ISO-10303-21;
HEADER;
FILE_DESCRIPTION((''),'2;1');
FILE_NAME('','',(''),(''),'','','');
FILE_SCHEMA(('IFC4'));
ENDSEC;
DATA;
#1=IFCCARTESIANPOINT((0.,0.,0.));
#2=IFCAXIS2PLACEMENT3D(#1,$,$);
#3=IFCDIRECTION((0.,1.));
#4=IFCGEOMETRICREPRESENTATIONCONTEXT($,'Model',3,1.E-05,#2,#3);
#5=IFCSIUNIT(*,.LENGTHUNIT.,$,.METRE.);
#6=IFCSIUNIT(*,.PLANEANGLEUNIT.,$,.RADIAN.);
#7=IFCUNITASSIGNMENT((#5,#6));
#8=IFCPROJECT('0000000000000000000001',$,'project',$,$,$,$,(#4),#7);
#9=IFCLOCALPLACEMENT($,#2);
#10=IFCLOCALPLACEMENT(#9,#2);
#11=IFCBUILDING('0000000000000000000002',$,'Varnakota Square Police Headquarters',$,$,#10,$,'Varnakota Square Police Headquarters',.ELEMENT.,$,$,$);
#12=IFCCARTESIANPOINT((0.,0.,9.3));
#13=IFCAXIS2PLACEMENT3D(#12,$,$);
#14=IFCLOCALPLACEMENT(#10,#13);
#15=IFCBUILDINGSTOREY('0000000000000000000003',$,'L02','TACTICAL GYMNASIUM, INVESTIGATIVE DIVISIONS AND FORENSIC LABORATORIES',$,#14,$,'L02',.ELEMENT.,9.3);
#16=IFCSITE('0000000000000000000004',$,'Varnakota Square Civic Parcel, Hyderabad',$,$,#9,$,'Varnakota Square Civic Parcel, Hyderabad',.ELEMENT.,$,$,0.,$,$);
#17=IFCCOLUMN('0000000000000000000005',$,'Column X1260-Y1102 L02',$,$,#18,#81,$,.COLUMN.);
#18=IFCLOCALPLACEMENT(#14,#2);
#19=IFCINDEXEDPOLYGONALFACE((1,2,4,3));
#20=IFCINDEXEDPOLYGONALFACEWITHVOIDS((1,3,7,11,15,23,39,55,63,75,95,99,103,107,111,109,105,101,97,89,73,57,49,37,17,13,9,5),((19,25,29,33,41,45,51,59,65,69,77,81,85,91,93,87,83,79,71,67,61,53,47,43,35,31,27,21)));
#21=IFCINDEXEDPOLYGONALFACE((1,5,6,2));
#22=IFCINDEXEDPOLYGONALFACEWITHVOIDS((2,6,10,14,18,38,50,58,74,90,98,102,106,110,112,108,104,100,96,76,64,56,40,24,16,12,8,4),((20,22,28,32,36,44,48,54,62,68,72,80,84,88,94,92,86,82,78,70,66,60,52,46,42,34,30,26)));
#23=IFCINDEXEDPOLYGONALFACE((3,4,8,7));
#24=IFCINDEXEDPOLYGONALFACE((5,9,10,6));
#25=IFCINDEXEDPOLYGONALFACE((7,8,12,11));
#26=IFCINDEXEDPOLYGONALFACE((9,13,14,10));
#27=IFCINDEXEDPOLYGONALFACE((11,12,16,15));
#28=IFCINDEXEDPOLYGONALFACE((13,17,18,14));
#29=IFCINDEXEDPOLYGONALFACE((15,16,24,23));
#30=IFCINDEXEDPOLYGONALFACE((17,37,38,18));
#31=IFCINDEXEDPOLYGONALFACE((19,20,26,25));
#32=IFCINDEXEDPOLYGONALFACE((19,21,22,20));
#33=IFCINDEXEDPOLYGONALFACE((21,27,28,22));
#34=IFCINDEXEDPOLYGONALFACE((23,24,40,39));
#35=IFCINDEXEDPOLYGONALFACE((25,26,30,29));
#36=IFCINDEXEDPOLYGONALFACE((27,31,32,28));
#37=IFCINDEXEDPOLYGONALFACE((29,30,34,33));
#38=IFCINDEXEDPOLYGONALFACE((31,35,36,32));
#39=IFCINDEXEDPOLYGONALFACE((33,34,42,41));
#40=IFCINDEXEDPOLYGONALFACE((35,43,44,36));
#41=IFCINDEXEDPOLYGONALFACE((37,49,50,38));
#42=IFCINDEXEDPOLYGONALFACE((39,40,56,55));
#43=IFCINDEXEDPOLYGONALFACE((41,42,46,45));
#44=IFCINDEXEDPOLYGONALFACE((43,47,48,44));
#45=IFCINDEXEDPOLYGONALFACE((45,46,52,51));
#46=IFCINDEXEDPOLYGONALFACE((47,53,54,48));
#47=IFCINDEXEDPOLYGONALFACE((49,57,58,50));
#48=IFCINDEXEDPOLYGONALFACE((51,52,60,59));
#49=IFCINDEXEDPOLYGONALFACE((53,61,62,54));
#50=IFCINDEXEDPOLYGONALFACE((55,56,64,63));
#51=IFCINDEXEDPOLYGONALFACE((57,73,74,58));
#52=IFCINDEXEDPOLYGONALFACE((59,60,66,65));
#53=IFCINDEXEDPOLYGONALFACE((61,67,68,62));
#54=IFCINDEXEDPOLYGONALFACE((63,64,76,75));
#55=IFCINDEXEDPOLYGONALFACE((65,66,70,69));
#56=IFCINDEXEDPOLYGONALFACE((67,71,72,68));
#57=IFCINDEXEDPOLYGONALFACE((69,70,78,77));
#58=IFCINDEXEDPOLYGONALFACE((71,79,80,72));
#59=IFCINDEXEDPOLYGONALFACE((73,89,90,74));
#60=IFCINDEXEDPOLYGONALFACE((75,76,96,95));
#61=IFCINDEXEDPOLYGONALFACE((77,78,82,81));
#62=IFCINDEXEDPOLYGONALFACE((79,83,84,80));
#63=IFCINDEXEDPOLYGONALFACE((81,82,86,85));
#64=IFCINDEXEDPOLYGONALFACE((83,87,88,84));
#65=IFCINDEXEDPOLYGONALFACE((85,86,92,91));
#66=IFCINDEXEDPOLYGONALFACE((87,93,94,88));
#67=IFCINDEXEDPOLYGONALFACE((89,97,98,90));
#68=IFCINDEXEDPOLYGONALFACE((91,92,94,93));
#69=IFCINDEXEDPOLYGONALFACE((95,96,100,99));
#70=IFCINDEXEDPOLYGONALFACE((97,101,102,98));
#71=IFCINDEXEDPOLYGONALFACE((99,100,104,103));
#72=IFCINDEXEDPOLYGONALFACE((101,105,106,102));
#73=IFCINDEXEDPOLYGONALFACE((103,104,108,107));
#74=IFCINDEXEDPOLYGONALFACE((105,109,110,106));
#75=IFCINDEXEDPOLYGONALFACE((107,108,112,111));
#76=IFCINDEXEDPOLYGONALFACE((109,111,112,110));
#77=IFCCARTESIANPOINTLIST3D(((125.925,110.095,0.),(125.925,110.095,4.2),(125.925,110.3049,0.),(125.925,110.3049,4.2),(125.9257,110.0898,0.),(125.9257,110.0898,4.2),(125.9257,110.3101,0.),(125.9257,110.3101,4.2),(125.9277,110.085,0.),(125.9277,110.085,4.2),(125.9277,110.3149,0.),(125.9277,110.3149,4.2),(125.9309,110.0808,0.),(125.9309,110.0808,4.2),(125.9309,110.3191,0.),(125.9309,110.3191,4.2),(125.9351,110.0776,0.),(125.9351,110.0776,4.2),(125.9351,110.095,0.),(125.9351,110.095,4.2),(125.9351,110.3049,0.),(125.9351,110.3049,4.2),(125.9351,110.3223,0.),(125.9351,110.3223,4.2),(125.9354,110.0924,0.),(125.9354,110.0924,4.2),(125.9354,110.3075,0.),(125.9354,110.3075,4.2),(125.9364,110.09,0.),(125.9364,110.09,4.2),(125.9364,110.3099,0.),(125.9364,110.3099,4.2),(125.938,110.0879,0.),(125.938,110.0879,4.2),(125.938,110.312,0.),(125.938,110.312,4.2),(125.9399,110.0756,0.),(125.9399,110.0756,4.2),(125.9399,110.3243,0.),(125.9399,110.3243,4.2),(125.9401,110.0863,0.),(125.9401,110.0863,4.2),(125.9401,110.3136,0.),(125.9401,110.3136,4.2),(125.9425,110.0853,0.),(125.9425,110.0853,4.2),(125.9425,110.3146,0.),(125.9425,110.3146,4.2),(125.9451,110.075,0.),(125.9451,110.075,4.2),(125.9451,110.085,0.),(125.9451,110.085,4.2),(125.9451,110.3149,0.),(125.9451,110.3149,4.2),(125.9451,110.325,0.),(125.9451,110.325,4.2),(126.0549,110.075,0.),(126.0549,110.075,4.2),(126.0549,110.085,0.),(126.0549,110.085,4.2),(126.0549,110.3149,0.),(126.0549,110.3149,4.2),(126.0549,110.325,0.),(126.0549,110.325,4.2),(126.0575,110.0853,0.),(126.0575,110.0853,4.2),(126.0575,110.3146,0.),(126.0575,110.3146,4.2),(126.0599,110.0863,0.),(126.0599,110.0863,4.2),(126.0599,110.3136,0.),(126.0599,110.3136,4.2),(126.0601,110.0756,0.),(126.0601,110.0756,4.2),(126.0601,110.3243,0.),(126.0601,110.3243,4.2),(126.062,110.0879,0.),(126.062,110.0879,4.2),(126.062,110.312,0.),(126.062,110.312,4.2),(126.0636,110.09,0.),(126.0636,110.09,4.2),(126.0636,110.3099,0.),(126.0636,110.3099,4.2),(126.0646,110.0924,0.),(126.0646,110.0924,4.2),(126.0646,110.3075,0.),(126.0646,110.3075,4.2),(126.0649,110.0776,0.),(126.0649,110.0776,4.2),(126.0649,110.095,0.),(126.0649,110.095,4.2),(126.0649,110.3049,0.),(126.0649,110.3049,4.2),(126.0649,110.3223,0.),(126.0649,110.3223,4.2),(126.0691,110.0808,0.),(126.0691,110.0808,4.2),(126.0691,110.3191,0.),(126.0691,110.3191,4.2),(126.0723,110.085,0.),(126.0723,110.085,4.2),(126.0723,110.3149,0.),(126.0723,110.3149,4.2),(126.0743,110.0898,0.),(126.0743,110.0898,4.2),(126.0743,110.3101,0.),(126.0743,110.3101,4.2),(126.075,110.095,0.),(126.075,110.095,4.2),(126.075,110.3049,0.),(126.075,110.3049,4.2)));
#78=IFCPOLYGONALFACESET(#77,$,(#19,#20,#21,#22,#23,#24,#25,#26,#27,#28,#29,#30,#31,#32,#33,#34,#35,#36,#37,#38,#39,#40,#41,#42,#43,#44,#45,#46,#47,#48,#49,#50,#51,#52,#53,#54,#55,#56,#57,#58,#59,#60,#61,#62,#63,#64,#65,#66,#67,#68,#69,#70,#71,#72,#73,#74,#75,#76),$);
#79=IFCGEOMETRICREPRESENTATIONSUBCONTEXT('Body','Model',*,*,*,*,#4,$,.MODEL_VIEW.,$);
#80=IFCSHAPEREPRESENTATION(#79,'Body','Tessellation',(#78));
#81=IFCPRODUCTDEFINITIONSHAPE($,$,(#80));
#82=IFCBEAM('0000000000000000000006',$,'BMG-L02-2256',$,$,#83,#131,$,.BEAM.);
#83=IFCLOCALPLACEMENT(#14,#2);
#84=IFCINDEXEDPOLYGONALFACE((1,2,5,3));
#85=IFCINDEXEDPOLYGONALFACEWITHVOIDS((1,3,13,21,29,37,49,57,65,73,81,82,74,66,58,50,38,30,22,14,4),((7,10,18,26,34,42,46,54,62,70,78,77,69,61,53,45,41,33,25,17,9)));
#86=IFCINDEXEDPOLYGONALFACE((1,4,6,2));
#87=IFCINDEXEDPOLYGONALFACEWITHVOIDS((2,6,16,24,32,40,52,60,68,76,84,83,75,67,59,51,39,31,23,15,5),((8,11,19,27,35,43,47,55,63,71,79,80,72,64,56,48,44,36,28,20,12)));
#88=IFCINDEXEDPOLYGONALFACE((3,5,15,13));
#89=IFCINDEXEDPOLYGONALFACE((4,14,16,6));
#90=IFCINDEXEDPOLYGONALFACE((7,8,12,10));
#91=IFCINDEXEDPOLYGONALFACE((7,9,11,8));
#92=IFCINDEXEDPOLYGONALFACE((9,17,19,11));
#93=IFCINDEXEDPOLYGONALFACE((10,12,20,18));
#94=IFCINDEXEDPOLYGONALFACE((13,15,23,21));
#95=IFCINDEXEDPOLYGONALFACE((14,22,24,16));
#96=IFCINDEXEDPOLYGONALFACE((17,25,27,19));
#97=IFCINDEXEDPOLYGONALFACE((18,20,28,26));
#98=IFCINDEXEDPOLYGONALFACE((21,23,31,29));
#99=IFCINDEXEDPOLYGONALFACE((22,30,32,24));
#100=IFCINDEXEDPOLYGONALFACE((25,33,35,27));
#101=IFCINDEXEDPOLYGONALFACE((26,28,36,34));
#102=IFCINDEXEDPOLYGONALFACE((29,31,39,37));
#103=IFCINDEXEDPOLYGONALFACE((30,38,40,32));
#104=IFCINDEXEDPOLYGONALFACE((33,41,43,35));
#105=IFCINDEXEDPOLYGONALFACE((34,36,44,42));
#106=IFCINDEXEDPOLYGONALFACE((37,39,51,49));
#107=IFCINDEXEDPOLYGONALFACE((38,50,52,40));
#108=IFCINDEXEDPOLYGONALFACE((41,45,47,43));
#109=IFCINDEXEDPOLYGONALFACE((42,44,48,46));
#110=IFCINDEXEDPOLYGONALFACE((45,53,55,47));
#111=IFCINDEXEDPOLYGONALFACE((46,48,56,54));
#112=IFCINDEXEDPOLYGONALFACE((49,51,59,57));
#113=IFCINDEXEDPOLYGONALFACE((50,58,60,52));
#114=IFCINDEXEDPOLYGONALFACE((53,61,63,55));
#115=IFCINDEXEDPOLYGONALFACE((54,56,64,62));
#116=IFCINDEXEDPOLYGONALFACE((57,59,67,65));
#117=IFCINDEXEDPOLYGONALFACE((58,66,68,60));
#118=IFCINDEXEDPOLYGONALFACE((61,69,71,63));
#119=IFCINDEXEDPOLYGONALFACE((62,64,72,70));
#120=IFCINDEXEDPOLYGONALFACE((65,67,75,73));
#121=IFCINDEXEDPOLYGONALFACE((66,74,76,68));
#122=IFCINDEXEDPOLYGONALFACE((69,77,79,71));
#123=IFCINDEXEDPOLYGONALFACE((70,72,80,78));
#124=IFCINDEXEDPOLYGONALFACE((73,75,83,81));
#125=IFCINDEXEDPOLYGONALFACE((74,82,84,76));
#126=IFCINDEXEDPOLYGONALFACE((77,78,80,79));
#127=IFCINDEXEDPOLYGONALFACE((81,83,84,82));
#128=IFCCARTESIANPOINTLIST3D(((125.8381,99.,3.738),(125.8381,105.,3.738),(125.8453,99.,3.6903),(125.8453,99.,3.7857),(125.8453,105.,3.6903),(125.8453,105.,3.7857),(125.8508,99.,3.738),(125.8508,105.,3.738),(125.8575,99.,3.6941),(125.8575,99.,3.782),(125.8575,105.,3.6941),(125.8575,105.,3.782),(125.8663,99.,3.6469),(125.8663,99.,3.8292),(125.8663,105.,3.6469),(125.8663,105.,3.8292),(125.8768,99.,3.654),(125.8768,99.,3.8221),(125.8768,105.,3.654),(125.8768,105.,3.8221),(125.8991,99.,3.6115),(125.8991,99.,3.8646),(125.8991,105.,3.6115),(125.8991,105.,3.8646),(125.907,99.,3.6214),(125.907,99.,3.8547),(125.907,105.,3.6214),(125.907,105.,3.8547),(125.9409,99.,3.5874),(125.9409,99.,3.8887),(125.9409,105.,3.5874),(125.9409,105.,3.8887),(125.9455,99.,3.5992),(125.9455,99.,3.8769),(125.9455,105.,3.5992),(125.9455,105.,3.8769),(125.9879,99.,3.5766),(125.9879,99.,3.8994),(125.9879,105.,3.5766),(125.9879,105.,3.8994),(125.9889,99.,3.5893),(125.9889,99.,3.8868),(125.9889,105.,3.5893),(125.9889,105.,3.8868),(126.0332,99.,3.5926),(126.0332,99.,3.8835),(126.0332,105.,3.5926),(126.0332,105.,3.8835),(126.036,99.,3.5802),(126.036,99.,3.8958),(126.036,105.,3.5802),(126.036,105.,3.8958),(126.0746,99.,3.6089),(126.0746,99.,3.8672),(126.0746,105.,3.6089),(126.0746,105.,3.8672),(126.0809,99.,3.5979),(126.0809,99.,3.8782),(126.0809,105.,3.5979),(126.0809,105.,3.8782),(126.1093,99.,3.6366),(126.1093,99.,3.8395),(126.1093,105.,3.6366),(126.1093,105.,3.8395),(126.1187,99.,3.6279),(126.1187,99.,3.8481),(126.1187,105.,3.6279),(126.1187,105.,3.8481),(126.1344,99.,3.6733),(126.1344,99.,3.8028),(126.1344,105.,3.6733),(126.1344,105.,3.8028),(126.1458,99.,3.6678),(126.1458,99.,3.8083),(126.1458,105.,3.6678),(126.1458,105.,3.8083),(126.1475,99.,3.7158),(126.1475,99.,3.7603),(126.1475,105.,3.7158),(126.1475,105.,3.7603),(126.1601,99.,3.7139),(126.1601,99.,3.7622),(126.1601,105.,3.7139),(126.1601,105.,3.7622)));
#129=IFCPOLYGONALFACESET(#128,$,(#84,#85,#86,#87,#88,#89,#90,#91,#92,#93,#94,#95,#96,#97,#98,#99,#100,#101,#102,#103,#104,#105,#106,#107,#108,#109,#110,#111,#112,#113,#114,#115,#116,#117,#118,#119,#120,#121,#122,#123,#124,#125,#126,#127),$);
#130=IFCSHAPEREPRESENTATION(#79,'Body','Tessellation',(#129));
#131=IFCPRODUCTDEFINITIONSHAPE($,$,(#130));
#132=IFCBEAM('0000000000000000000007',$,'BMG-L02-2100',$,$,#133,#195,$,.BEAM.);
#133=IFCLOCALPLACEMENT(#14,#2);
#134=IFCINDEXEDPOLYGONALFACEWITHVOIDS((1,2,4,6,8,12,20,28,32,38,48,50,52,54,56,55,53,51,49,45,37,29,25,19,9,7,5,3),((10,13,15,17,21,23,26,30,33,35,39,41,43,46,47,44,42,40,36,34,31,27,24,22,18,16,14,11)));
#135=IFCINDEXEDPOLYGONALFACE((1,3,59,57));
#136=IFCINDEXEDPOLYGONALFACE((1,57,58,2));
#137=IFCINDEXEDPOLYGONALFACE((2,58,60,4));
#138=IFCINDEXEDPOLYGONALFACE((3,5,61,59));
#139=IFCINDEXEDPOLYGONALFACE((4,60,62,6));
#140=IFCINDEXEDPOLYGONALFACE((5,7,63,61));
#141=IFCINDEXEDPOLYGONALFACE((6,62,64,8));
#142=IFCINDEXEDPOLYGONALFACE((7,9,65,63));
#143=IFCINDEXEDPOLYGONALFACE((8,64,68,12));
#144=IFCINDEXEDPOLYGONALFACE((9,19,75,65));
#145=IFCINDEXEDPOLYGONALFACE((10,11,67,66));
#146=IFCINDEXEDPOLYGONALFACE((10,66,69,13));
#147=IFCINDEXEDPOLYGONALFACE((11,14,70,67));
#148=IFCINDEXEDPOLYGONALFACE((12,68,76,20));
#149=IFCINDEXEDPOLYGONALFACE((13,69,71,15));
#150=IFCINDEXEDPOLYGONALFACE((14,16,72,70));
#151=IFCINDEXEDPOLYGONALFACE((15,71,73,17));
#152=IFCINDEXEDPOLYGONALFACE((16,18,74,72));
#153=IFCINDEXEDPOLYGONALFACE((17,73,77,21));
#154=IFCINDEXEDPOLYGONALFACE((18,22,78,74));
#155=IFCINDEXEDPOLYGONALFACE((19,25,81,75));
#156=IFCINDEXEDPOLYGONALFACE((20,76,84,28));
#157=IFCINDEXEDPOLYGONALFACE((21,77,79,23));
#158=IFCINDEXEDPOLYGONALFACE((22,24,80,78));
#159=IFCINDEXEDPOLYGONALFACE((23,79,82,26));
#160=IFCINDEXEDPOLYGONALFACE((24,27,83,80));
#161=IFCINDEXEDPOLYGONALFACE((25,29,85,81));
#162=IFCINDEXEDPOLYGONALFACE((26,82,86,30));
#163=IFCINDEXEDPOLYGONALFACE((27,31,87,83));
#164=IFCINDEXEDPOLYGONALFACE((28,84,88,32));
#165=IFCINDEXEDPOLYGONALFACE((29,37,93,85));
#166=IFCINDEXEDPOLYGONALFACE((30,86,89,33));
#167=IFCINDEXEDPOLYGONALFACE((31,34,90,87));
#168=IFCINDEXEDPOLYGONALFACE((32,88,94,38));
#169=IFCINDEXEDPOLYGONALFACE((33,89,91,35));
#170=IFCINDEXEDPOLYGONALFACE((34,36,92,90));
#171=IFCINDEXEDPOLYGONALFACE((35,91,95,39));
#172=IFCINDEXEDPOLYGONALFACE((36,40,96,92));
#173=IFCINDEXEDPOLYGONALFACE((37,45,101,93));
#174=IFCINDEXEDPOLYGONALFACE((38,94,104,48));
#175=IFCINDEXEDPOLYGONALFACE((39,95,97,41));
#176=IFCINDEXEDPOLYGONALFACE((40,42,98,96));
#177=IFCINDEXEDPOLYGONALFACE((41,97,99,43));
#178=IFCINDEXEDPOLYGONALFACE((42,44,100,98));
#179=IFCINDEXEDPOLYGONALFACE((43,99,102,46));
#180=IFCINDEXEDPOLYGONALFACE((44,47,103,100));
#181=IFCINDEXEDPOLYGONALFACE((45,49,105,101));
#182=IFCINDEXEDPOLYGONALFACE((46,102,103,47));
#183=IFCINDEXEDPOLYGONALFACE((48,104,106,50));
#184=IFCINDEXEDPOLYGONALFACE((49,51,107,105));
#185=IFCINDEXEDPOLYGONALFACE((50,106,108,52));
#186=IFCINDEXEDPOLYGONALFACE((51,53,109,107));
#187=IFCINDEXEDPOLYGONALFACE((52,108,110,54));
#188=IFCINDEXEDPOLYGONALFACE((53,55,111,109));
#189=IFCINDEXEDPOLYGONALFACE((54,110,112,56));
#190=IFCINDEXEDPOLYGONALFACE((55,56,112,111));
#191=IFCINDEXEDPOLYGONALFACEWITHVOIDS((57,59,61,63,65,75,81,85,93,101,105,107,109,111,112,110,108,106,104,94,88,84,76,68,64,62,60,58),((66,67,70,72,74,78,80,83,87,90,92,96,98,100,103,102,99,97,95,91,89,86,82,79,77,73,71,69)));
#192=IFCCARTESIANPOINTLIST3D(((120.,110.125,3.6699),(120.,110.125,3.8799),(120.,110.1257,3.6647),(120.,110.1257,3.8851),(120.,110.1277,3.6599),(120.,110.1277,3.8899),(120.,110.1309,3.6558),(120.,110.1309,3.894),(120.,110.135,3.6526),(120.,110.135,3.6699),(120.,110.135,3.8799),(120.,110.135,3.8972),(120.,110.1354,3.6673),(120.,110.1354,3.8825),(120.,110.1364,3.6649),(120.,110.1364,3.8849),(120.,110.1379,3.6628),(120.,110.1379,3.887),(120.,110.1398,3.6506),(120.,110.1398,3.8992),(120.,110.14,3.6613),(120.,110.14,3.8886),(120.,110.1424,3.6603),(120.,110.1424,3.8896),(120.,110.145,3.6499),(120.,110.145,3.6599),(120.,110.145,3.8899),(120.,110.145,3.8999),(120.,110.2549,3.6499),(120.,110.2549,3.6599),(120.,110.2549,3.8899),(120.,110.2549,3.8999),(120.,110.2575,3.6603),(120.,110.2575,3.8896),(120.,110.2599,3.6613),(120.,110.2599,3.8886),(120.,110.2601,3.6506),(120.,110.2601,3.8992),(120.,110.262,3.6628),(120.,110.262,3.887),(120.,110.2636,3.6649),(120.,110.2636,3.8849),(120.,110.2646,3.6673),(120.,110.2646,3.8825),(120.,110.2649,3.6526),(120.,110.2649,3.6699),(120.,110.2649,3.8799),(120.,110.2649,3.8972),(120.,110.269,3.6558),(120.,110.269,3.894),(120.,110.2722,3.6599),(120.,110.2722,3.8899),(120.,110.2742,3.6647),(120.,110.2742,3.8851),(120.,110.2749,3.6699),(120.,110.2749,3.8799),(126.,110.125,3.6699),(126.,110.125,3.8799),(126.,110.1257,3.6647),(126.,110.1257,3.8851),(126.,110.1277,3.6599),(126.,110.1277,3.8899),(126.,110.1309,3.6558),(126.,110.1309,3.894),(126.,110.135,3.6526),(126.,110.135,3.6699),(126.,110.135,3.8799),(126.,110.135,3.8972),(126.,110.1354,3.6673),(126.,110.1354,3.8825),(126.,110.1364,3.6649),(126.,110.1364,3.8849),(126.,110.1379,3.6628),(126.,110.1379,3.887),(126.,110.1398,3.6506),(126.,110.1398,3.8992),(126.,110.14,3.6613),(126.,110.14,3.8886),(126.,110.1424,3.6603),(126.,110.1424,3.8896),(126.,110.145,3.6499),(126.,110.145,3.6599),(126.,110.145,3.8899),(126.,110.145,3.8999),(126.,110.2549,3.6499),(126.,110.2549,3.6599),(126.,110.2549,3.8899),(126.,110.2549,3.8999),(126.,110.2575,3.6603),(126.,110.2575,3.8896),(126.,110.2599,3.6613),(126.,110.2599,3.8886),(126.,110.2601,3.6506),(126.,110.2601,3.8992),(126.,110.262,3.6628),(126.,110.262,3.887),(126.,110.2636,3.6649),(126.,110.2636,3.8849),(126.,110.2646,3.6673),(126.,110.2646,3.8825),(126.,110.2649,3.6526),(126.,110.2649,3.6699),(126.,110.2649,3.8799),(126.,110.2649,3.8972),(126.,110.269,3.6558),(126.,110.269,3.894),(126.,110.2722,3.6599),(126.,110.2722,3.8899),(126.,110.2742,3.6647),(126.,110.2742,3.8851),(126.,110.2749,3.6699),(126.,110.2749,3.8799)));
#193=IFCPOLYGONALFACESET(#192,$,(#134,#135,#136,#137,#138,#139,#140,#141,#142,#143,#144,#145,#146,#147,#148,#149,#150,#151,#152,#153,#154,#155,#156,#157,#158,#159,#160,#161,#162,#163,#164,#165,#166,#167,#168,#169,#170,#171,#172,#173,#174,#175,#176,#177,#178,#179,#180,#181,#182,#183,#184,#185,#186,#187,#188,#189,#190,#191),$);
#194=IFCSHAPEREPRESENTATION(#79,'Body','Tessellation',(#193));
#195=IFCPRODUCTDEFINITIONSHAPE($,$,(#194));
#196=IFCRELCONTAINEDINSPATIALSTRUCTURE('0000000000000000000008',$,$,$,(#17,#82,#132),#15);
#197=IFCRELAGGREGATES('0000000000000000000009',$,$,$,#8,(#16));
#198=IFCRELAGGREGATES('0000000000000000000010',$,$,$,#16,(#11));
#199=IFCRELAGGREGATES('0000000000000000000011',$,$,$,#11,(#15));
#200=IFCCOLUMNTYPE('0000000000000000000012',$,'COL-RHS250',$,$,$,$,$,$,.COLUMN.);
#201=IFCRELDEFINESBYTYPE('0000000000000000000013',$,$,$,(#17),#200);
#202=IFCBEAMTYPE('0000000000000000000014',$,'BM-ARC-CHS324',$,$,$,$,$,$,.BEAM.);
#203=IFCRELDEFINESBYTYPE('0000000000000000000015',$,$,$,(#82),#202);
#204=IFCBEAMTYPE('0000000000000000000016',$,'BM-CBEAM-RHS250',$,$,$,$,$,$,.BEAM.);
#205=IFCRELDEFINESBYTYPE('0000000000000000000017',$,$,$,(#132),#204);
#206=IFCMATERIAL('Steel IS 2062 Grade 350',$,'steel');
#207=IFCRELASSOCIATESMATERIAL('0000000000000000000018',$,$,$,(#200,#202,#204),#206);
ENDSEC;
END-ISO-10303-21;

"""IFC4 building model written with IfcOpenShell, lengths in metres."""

from ifc_helpers import new_model, si_unit, direction, frame, origin, origin_2d, place, context, subcontext, project, spatial, hollow_rectangle, hollow_circle, extrude, material, material_profile, profile_set, type_object, element, save


model = new_model("IFC4")

# Units and contexts
model_context = context("Model", 3, precision=1e-05, world=origin(), true_north=direction((0.0, 1.0)))
body_context = subcontext(model_context, "Body", "Model", "MODEL_VIEW")
ifc_project = project(units=[si_unit("LENGTHUNIT", "METRE"), si_unit("PLANEANGLEUNIT", "RADIAN")], contexts=[model_context])

# Site, building, storey
site_placement = place(None, origin())
site = spatial("IfcSite", under=ifc_project, at=site_placement, Name="Varnakota Square Civic Parcel, Hyderabad", LongName="Varnakota Square Civic Parcel, Hyderabad", CompositionType="ELEMENT", RefElevation=0.0)
building_placement = place(site_placement, origin())
building = spatial("IfcBuilding", under=site, at=building_placement, Name="Varnakota Square Police Headquarters", LongName="Varnakota Square Police Headquarters", CompositionType="ELEMENT")
storey_placement = place(building_placement, frame((0.0, 0.0, 9.3)))
storey = spatial("IfcBuildingStorey", under=building, at=storey_placement, Name="L02", Description="TACTICAL GYMNASIUM, INVESTIGATIVE DIVISIONS AND FORENSIC LABORATORIES", LongName="L02", CompositionType="ELEMENT", Elevation=9.3)

# Column
ifc_material_1 = material(Name="Steel IS 2062 Grade 350", Category="steel")
ifc_material_profile_1 = material_profile(ifc_material_1, hollow_rectangle(XDim=0.1499, YDim=0.25, WallThickness=0.01, InnerFilletRadius=0.01, OuterFilletRadius=0.02, at=origin_2d()), Name="RHS 250x150x10")
ifc_profile_set_1 = profile_set([ifc_material_profile_1], Name="Steel IS 2062 Grade 350")
column_type_1 = type_object("IfcColumnType", Name="COL-RHS250", PredefinedType="COLUMN", material=ifc_profile_set_1)
column_placement = place(storey_placement, frame((126.0, 110.2, 0.0), z_axis=(0.0, 0.0, 1.0), x_axis=(1.0, 0.0, 0.0)))
element("IfcColumn", 1, at=column_placement, inside=storey, type_object=column_type_1, Name="Column X1260-Y1102 L02", PredefinedType="COLUMN", context=body_context, shape_type="SweptSolid", body=[
    extrude(hollow_rectangle(XDim=0.1499, YDim=0.25, WallThickness=0.01, InnerFilletRadius=0.01, OuterFilletRadius=0.02, at=origin_2d()), origin(), (0.0, 0.0, 1.0), 4.2),
])

# Beams
ifc_material_profile_2 = material_profile(ifc_material_1, hollow_circle(Radius=0.1619, WallThickness=0.0127, at=origin_2d()), Name="CHS 323.9x12.7")
ifc_profile_set_2 = profile_set([ifc_material_profile_2], Name="Steel IS 2062 Grade 350")
beam_type_1 = type_object("IfcBeamType", Name="BM-ARC-CHS324", PredefinedType="BEAM", material=ifc_profile_set_2)
beam_1_placement = place(storey_placement, frame((126.0, 99.0, 3.738), z_axis=(0.0, 1.0, 0.0), x_axis=(-1.0, 0.0, 0.0)))
element("IfcBeam", 2, at=beam_1_placement, inside=storey, type_object=beam_type_1, Name="BMG-L02-2256", PredefinedType="BEAM", context=body_context, shape_type="SweptSolid", body=[
    extrude(hollow_circle(Radius=0.1619, WallThickness=0.0127, at=origin_2d()), origin(), (0.0, 0.0, 1.0), 6.0),
])
ifc_material_profile_3 = material_profile(ifc_material_1, hollow_rectangle(XDim=0.1499, YDim=0.25, WallThickness=0.01, InnerFilletRadius=0.01, OuterFilletRadius=0.02, at=origin_2d()), Name="RHS 250x150x10")
ifc_profile_set_3 = profile_set([ifc_material_profile_3], Name="Steel IS 2062 Grade 350")
beam_type_2 = type_object("IfcBeamType", Name="BM-CBEAM-RHS250", PredefinedType="BEAM", material=ifc_profile_set_3)
beam_2_placement = place(storey_placement, frame((120.0, 110.2, 3.7749), z_axis=(1.0, 0.0, 0.0), x_axis=(0.0, 1.0, 0.0)))
element("IfcBeam", 3, at=beam_2_placement, inside=storey, type_object=beam_type_2, Name="BMG-L02-2100", PredefinedType="BEAM", context=body_context, shape_type="SweptSolid", body=[
    extrude(hollow_rectangle(XDim=0.1499, YDim=0.25, WallThickness=0.01, InnerFilletRadius=0.01, OuterFilletRadius=0.02, at=origin_2d()), origin(), (0.0, 0.0, 1.0), 6.0),
])

save(model, "model.ifc")
